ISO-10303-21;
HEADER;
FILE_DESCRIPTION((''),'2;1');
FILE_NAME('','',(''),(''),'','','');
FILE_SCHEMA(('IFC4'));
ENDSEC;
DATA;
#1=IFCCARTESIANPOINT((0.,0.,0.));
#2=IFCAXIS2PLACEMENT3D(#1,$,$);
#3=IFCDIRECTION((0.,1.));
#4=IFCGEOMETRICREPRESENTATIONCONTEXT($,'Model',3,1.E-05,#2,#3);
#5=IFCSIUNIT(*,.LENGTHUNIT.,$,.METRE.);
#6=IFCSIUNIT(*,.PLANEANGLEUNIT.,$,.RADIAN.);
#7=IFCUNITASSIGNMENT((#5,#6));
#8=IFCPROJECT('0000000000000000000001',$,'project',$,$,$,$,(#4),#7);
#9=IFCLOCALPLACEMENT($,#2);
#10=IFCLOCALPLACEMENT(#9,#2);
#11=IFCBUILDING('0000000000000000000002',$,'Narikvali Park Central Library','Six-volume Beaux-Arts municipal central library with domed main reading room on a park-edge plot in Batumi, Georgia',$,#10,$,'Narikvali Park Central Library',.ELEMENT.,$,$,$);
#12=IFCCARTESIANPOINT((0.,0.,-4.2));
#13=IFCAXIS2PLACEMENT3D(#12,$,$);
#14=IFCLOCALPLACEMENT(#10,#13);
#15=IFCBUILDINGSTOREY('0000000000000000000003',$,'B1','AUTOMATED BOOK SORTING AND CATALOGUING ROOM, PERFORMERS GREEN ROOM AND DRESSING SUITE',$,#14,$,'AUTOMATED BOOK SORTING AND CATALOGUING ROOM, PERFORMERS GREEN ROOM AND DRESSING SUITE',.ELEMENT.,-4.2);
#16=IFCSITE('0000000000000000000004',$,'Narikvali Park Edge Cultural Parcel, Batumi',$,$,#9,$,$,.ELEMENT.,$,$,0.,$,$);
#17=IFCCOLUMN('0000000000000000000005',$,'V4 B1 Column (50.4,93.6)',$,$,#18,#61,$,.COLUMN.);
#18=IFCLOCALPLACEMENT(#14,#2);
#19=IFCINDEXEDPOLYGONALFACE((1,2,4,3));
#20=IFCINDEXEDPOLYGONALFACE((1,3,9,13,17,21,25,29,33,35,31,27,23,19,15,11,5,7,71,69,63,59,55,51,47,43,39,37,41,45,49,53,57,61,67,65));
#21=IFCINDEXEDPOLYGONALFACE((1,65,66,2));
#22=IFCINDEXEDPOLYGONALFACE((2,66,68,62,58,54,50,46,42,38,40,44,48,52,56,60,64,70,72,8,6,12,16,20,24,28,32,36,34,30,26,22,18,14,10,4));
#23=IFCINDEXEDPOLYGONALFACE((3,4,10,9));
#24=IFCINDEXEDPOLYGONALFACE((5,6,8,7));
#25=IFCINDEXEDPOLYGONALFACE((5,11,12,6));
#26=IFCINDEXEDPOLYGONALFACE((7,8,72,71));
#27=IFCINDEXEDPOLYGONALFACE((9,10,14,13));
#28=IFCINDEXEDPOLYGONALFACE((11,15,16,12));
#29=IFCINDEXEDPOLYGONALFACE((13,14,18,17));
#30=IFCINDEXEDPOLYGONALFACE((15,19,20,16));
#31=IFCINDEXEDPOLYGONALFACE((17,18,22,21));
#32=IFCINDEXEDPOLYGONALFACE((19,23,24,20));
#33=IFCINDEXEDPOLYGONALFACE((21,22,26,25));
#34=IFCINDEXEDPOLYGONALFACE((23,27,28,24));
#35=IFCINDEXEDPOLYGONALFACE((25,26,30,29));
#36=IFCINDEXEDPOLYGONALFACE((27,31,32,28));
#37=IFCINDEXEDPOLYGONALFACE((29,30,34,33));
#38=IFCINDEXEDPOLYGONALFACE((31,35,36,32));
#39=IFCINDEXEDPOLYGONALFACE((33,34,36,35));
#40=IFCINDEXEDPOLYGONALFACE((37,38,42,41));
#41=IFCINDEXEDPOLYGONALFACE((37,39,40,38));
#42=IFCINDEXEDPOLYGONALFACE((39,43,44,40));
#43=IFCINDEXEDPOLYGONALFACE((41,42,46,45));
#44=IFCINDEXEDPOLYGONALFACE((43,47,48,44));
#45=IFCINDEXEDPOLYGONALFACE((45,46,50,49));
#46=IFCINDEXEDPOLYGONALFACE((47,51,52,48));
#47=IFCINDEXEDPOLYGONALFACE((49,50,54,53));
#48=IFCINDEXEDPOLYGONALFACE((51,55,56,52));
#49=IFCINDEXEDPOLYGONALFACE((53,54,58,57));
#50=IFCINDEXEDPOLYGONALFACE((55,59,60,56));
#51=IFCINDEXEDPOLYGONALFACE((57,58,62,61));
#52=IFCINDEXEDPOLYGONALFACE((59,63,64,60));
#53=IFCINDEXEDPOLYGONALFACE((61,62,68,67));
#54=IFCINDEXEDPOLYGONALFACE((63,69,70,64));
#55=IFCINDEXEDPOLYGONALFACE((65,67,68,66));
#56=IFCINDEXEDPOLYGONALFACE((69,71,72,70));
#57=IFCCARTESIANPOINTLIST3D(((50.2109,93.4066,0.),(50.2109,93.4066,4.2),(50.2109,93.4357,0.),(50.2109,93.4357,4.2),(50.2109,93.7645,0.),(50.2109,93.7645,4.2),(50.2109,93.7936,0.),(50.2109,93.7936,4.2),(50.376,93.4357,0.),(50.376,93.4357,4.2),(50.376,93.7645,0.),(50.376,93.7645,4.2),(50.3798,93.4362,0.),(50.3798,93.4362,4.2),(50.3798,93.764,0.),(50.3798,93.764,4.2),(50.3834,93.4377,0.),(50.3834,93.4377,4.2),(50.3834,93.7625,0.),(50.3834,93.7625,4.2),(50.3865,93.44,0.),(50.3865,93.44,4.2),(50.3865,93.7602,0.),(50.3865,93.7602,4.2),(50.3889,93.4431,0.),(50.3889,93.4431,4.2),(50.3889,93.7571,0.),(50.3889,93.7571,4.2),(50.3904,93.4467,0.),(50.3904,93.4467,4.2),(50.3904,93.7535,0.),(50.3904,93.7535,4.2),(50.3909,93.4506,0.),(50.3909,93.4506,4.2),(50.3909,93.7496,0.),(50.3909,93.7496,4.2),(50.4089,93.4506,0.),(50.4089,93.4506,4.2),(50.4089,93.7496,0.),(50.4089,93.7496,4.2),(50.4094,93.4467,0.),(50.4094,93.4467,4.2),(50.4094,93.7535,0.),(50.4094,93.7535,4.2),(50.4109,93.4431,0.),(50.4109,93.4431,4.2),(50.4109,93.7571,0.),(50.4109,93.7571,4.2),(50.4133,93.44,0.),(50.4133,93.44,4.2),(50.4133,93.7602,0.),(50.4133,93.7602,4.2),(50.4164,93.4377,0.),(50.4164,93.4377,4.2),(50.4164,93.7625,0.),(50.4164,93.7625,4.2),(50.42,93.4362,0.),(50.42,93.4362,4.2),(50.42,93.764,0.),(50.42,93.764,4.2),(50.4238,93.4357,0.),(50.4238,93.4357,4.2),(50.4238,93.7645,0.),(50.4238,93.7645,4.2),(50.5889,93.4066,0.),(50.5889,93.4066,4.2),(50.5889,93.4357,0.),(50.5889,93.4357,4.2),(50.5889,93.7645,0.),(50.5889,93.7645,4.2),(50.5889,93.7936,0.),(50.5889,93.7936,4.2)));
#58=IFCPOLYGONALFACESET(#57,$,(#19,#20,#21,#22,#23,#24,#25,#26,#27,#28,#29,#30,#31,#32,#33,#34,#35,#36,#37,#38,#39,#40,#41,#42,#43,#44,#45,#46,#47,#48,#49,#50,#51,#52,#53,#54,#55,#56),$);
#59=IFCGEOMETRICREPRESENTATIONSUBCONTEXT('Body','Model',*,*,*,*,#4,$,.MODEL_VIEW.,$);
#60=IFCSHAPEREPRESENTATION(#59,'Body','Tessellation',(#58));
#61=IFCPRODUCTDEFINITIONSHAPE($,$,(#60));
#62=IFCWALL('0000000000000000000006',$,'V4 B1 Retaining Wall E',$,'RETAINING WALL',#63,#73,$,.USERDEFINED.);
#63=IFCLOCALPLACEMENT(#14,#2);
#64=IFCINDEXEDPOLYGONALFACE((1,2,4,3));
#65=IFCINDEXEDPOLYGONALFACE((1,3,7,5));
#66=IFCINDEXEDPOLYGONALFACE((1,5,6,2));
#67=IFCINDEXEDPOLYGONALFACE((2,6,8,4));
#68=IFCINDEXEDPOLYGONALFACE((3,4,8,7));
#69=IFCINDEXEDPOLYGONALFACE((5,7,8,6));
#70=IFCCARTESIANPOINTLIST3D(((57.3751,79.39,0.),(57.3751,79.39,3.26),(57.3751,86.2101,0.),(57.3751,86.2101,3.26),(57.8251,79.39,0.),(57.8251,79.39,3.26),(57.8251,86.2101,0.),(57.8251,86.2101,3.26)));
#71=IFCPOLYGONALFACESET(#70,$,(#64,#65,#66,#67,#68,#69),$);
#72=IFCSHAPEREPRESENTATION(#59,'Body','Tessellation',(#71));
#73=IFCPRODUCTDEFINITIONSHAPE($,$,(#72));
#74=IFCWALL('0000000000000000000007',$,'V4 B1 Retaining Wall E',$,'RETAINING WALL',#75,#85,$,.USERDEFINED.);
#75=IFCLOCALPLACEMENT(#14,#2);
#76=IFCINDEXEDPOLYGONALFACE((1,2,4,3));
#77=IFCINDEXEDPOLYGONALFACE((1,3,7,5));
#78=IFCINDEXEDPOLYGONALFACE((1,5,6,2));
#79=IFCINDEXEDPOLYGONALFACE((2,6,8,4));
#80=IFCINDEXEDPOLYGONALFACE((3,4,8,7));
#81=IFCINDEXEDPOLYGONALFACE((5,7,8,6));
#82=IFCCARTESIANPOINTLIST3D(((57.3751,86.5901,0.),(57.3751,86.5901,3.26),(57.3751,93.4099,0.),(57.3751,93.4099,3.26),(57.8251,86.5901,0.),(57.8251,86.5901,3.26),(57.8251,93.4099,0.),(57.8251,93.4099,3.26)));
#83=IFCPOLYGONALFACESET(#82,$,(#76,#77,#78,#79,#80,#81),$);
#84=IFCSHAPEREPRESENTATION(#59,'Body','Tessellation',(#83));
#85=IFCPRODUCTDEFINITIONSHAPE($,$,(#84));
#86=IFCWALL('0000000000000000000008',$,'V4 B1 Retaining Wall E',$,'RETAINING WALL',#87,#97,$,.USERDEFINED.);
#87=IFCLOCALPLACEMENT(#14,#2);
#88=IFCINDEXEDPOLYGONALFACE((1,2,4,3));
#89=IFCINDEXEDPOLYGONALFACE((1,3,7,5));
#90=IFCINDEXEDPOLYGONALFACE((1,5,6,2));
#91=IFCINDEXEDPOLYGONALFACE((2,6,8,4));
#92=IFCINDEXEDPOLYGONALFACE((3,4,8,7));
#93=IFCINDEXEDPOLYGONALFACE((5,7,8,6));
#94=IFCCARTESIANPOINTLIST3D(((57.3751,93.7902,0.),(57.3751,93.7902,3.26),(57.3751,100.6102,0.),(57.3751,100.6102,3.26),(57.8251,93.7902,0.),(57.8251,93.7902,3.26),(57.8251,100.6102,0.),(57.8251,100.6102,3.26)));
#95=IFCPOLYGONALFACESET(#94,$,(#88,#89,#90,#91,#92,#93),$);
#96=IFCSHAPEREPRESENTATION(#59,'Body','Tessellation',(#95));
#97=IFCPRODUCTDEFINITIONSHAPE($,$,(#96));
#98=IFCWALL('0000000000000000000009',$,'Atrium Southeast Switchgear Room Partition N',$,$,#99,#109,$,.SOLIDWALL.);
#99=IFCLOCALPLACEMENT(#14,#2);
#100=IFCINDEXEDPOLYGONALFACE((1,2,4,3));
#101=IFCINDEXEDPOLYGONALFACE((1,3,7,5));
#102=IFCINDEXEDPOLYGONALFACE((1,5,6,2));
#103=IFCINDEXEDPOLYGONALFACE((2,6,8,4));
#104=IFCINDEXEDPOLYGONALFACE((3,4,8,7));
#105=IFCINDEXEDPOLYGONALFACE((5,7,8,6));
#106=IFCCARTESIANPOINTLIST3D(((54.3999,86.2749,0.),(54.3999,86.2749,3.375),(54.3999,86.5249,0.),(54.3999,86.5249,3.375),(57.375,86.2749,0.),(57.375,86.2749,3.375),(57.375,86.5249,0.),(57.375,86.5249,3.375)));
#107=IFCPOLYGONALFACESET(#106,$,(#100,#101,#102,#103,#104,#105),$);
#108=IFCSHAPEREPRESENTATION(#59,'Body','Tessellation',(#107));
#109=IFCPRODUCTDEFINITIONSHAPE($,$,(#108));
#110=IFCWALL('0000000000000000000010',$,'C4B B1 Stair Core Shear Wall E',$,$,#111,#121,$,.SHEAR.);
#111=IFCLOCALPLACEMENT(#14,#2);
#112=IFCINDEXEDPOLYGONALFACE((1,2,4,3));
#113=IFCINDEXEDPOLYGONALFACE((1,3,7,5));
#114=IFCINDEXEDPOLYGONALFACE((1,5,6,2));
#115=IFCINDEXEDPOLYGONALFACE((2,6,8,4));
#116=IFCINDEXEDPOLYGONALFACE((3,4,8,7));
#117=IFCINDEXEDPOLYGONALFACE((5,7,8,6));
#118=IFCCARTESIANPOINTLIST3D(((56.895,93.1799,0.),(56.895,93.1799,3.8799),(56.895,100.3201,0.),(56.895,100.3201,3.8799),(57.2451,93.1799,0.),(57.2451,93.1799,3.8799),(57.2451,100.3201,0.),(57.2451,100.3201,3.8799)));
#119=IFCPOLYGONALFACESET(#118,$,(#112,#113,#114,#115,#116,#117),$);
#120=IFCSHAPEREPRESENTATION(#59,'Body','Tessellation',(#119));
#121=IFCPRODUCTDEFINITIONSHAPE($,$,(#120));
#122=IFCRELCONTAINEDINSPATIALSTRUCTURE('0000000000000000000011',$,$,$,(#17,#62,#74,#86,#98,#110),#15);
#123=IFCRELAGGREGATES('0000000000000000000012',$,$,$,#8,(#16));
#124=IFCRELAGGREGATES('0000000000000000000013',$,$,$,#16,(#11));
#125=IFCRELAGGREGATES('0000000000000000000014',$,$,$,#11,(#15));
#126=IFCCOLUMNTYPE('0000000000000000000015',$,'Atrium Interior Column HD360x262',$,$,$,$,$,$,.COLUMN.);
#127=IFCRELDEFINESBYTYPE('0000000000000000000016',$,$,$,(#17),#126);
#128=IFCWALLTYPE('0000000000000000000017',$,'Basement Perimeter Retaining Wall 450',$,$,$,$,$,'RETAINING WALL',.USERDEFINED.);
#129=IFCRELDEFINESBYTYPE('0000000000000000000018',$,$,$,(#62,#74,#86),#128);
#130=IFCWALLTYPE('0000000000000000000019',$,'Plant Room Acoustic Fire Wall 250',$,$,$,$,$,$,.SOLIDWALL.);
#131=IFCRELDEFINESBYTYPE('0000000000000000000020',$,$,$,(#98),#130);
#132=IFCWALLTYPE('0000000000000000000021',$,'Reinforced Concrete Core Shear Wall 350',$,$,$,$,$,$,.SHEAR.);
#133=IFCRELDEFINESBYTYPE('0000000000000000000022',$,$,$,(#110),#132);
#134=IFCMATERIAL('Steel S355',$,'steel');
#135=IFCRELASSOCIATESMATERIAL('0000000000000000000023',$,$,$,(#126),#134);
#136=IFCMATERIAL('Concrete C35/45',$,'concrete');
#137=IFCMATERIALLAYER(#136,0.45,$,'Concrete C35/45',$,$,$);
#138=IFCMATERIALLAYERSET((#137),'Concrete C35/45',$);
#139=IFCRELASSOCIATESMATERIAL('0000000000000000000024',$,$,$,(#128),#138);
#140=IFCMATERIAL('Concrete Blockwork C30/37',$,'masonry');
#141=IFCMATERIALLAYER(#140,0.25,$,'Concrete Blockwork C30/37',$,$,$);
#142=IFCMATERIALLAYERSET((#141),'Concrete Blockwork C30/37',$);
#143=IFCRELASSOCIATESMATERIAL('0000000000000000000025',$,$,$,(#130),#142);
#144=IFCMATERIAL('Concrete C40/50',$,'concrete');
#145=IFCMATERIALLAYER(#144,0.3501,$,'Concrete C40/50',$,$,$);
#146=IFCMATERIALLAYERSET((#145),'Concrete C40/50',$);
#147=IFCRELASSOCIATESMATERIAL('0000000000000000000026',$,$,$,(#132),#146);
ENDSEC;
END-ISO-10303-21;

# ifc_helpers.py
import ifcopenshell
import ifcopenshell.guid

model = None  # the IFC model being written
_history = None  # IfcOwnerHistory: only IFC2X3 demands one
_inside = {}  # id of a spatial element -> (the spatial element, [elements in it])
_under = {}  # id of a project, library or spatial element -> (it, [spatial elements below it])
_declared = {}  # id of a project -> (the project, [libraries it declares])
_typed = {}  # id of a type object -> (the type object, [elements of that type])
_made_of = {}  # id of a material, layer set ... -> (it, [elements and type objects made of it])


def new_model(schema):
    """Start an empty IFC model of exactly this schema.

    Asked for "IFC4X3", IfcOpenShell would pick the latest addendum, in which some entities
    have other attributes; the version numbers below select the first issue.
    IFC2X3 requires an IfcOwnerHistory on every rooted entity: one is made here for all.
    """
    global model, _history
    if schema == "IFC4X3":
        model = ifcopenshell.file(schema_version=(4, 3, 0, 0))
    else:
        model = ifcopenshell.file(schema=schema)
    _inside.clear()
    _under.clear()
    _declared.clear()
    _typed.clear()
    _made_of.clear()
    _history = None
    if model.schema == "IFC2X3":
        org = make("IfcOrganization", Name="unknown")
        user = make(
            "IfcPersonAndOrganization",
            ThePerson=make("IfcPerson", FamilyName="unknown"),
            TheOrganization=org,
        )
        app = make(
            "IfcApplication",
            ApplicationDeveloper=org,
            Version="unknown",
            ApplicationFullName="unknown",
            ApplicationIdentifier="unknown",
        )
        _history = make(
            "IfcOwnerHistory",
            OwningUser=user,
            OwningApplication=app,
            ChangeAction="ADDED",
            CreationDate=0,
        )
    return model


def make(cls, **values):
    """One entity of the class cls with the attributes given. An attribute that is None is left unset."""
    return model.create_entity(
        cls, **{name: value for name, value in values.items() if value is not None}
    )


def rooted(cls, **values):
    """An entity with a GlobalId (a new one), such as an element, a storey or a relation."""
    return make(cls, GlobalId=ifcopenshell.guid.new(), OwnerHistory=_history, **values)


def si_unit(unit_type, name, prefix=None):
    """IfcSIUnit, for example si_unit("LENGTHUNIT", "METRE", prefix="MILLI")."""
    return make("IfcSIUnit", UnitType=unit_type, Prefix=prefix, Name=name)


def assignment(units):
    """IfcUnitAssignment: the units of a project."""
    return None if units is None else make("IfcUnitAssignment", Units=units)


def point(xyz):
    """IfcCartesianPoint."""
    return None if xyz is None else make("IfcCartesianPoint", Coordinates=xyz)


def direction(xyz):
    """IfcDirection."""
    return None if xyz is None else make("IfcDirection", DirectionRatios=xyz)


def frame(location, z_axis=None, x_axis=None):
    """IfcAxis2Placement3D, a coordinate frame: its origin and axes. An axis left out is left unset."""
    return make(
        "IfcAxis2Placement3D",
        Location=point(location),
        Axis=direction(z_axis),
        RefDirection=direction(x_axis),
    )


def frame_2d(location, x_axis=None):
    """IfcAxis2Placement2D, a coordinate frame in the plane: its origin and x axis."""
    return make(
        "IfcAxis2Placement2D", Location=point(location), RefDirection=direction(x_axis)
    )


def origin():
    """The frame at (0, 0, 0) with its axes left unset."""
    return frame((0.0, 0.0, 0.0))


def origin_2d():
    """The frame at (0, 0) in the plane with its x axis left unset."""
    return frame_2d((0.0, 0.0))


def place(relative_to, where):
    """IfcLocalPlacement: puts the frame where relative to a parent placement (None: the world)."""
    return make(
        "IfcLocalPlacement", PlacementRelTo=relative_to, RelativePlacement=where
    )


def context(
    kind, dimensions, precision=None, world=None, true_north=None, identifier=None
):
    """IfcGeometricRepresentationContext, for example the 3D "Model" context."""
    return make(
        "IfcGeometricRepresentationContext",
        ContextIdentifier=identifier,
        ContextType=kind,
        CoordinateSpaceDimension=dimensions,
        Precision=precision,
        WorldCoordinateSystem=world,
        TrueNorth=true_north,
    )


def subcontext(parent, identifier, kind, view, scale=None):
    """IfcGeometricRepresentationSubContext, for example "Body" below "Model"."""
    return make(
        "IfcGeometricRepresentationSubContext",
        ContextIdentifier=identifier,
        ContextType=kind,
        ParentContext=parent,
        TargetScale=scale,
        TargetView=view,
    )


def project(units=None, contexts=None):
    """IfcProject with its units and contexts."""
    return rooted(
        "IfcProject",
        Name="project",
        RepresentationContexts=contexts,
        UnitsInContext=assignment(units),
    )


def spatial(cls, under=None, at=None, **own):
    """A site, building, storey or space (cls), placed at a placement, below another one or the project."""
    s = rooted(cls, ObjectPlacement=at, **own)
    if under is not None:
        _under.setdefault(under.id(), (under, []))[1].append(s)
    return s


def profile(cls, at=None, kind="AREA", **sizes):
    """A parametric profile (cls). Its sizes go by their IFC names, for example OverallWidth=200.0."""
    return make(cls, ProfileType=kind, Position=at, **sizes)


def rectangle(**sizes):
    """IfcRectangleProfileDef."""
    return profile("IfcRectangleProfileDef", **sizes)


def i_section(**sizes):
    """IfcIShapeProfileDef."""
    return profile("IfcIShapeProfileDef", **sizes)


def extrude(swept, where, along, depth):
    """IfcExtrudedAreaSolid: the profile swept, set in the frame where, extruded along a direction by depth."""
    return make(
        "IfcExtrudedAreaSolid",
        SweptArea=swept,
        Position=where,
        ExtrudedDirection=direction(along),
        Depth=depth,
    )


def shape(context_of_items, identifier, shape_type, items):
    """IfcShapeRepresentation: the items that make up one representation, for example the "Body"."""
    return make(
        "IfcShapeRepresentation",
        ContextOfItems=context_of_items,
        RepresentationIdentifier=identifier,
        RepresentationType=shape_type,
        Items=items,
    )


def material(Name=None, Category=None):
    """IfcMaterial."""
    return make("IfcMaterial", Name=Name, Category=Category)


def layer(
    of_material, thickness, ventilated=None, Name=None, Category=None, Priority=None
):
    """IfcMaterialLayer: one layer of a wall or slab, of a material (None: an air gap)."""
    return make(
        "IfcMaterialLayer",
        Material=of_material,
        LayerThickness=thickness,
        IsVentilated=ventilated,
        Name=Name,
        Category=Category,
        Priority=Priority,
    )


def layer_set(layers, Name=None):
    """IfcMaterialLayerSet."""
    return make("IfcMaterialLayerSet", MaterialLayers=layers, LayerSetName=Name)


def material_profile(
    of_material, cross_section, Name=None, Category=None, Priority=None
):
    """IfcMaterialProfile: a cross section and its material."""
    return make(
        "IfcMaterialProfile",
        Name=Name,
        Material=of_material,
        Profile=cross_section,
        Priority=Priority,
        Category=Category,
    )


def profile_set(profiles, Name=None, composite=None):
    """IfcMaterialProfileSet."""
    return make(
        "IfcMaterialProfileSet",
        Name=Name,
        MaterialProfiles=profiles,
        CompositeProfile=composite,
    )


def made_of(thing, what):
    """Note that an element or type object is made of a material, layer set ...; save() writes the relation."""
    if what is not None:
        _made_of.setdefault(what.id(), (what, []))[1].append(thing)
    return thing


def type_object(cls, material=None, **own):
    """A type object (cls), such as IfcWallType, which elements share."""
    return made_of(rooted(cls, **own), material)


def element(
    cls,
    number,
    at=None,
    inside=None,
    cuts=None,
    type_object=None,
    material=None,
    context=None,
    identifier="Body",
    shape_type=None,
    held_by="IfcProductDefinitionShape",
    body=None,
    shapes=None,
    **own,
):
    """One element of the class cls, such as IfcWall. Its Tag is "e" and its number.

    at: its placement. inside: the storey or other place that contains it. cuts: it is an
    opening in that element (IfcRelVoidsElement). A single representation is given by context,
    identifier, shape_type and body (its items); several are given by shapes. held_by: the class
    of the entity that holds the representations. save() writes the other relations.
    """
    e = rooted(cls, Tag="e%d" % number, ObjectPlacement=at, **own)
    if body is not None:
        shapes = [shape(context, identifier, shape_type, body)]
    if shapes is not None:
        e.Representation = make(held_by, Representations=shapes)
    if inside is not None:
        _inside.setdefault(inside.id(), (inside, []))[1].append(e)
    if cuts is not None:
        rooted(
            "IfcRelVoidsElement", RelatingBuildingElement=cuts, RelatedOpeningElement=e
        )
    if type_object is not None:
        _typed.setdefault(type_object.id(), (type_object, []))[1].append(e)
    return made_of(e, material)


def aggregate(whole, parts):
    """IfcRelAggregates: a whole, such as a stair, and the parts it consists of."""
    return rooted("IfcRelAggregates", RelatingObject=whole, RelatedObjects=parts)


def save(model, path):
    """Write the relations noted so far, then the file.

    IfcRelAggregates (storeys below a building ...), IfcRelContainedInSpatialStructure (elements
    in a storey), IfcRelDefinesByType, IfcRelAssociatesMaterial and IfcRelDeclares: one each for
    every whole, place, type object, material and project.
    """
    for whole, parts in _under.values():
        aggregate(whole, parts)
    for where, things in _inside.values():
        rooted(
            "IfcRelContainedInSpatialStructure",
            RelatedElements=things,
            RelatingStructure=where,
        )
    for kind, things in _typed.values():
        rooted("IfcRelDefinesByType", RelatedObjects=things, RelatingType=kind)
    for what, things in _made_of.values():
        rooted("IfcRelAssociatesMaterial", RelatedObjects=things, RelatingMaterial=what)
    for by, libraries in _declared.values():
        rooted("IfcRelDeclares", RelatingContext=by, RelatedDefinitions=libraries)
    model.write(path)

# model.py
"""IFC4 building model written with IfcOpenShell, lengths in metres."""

from ifc_helpers import new_model, si_unit, direction, frame, frame_2d, origin, origin_2d, place, context, subcontext, project, spatial, rectangle, i_section, extrude, material, layer, layer_set, material_profile, profile_set, type_object, element, save


model = new_model("IFC4")

# Units and contexts
model_context = context("Model", 3, precision=1e-05, world=origin(), true_north=direction((0.0, 1.0)))
body_context = subcontext(model_context, "Body", "Model", "MODEL_VIEW")
ifc_project = project(units=[si_unit("LENGTHUNIT", "METRE"), si_unit("PLANEANGLEUNIT", "RADIAN")], contexts=[model_context])

# Site, building, storey
site_placement = place(None, origin())
site = spatial("IfcSite", under=ifc_project, at=site_placement, Name="Narikvali Park Edge Cultural Parcel, Batumi", CompositionType="ELEMENT", RefElevation=0.0)
building_placement = place(site_placement, origin())
building = spatial("IfcBuilding", under=site, at=building_placement, Name="Narikvali Park Central Library", Description="Six-volume Beaux-Arts municipal central library with domed main reading room on a park-edge plot in Batumi, Georgia", LongName="Narikvali Park Central Library", CompositionType="ELEMENT")
storey_placement = place(building_placement, frame((0.0, 0.0, -4.2)))
storey = spatial("IfcBuildingStorey", under=building, at=storey_placement, Name="B1", Description="AUTOMATED BOOK SORTING AND CATALOGUING ROOM, PERFORMERS GREEN ROOM AND DRESSING SUITE", LongName="AUTOMATED BOOK SORTING AND CATALOGUING ROOM, PERFORMERS GREEN ROOM AND DRESSING SUITE", CompositionType="ELEMENT", Elevation=-4.2)

# Shared definitions
ifc_material_1 = material(Name="Concrete C35/45", Category="concrete")

# Column
ifc_material_2 = material(Name="Steel S355", Category="steel")
ifc_material_profile_1 = material_profile(ifc_material_2, i_section(OverallWidth=0.3779, OverallDepth=0.387, WebThickness=0.0181, FlangeThickness=0.0291, FilletRadius=0.0149, at=origin_2d()), Name="HD 360x262")
ifc_profile_set_1 = profile_set([ifc_material_profile_1], Name="Steel S355")
column_type_1 = type_object("IfcColumnType", Name="Atrium Interior Column HD360x262", PredefinedType="COLUMN", material=ifc_profile_set_1)
for number, where, z_axis, x_axis, name in (
    (1, (50.3999, 93.6001, 0.0), (0.0, 0.0, 1.0), (1.0, 0.0, 0.0), "V4 B1 Column (50.4,93.6)"),
):
    element("IfcColumn", number, at=place(storey_placement, frame(where, z_axis=z_axis, x_axis=x_axis)), inside=storey, type_object=column_type_1, Name=name, PredefinedType="COLUMN", context=body_context, shape_type="SweptSolid", body=[
        extrude(i_section(OverallWidth=0.3779, OverallDepth=0.387, WebThickness=0.0181, FlangeThickness=0.0291, FilletRadius=0.0149, at=origin_2d()), origin(), (0.0, 0.0, 1.0), 4.2),
    ])

# Walls
ifc_layer_1 = layer(ifc_material_1, 0.45, Name="Concrete C35/45")
ifc_layer_set_1 = layer_set([ifc_layer_1], Name="Concrete C35/45")
wall_type_1 = type_object("IfcWallType", Name="Basement Perimeter Retaining Wall 450", ElementType="RETAINING WALL", PredefinedType="USERDEFINED", material=ifc_layer_set_1)
wall_1_placement = place(storey_placement, frame((57.6001, 79.3899, 0.0), z_axis=(0.0, 0.0, 1.0), x_axis=(0.0, 1.0, 0.0)))
element("IfcWall", 2, at=wall_1_placement, inside=storey, type_object=wall_type_1, Name="V4 B1 Retaining Wall E", ObjectType="RETAINING WALL", PredefinedType="USERDEFINED", context=body_context, shape_type="SweptSolid", body=[
    extrude(rectangle(XDim=6.8201, YDim=0.45, at=frame_2d((3.4102, 0.0))), origin(), (0.0, 0.0, 1.0), 3.26),
])
wall_2_placement = place(storey_placement, frame((57.6001, 86.5901, 0.0), z_axis=(0.0, 0.0, 1.0), x_axis=(0.0, 1.0, 0.0)))
element("IfcWall", 3, at=wall_2_placement, inside=storey, type_object=wall_type_1, Name="V4 B1 Retaining Wall E", ObjectType="RETAINING WALL", PredefinedType="USERDEFINED", context=body_context, shape_type="SweptSolid", body=[
    extrude(rectangle(XDim=6.8198, YDim=0.45, at=frame_2d((3.4099, 0.0))), origin(), (0.0, 0.0, 1.0), 3.26),
])
wall_3_placement = place(storey_placement, frame((57.6001, 93.79, 0.0), z_axis=(0.0, 0.0, 1.0), x_axis=(0.0, 1.0, 0.0)))
element("IfcWall", 4, at=wall_3_placement, inside=storey, type_object=wall_type_1, Name="V4 B1 Retaining Wall E", ObjectType="RETAINING WALL", PredefinedType="USERDEFINED", context=body_context, shape_type="SweptSolid", body=[
    extrude(rectangle(XDim=6.8201, YDim=0.45, at=frame_2d((3.4102, 0.0))), origin(), (0.0, 0.0, 1.0), 3.26),
])
ifc_material_3 = material(Name="Concrete Blockwork C30/37", Category="masonry")
ifc_layer_2 = layer(ifc_material_3, 0.25, Name="Concrete Blockwork C30/37")
ifc_layer_set_2 = layer_set([ifc_layer_2], Name="Concrete Blockwork C30/37")
wall_type_2 = type_object("IfcWallType", Name="Plant Room Acoustic Fire Wall 250", PredefinedType="SOLIDWALL", material=ifc_layer_set_2)
wall_4_placement = place(storey_placement, frame((54.3999, 86.3999, 0.0), z_axis=(0.0, 0.0, 1.0), x_axis=(1.0, 0.0, 0.0)))
element("IfcWall", 5, at=wall_4_placement, inside=storey, type_object=wall_type_2, Name="Atrium Southeast Switchgear Room Partition N", PredefinedType="SOLIDWALL", context=body_context, shape_type="SweptSolid", body=[
    extrude(rectangle(XDim=2.9751, YDim=0.25, at=frame_2d((1.4875, 0.0))), origin(), (0.0, 0.0, 1.0), 3.375),
])

# Shared definitions
ifc_material_4 = material(Name="Concrete C40/50", Category="concrete")
ifc_layer_3 = layer(ifc_material_4, 0.3501, Name="Concrete C40/50")
ifc_layer_set_3 = layer_set([ifc_layer_3], Name="Concrete C40/50")
wall_type_3 = type_object("IfcWallType", Name="Reinforced Concrete Core Shear Wall 350", PredefinedType="SHEAR", material=ifc_layer_set_3)

# Wall
wall_5_placement = place(storey_placement, frame((57.0701, 93.1799, 0.0), z_axis=(0.0, 0.0, 1.0), x_axis=(0.0, 1.0, 0.0)))
element("IfcWall", 6, at=wall_5_placement, inside=storey, type_object=wall_type_3, Name="C4B B1 Stair Core Shear Wall E", PredefinedType="SHEAR", context=body_context, shape_type="SweptSolid", body=[
    extrude(rectangle(XDim=7.1401, YDim=0.3501, at=frame_2d((3.5701, 0.0))), origin(), (0.0, 0.0, 1.0), 3.8799),
])

save(model, "model.ifc")
